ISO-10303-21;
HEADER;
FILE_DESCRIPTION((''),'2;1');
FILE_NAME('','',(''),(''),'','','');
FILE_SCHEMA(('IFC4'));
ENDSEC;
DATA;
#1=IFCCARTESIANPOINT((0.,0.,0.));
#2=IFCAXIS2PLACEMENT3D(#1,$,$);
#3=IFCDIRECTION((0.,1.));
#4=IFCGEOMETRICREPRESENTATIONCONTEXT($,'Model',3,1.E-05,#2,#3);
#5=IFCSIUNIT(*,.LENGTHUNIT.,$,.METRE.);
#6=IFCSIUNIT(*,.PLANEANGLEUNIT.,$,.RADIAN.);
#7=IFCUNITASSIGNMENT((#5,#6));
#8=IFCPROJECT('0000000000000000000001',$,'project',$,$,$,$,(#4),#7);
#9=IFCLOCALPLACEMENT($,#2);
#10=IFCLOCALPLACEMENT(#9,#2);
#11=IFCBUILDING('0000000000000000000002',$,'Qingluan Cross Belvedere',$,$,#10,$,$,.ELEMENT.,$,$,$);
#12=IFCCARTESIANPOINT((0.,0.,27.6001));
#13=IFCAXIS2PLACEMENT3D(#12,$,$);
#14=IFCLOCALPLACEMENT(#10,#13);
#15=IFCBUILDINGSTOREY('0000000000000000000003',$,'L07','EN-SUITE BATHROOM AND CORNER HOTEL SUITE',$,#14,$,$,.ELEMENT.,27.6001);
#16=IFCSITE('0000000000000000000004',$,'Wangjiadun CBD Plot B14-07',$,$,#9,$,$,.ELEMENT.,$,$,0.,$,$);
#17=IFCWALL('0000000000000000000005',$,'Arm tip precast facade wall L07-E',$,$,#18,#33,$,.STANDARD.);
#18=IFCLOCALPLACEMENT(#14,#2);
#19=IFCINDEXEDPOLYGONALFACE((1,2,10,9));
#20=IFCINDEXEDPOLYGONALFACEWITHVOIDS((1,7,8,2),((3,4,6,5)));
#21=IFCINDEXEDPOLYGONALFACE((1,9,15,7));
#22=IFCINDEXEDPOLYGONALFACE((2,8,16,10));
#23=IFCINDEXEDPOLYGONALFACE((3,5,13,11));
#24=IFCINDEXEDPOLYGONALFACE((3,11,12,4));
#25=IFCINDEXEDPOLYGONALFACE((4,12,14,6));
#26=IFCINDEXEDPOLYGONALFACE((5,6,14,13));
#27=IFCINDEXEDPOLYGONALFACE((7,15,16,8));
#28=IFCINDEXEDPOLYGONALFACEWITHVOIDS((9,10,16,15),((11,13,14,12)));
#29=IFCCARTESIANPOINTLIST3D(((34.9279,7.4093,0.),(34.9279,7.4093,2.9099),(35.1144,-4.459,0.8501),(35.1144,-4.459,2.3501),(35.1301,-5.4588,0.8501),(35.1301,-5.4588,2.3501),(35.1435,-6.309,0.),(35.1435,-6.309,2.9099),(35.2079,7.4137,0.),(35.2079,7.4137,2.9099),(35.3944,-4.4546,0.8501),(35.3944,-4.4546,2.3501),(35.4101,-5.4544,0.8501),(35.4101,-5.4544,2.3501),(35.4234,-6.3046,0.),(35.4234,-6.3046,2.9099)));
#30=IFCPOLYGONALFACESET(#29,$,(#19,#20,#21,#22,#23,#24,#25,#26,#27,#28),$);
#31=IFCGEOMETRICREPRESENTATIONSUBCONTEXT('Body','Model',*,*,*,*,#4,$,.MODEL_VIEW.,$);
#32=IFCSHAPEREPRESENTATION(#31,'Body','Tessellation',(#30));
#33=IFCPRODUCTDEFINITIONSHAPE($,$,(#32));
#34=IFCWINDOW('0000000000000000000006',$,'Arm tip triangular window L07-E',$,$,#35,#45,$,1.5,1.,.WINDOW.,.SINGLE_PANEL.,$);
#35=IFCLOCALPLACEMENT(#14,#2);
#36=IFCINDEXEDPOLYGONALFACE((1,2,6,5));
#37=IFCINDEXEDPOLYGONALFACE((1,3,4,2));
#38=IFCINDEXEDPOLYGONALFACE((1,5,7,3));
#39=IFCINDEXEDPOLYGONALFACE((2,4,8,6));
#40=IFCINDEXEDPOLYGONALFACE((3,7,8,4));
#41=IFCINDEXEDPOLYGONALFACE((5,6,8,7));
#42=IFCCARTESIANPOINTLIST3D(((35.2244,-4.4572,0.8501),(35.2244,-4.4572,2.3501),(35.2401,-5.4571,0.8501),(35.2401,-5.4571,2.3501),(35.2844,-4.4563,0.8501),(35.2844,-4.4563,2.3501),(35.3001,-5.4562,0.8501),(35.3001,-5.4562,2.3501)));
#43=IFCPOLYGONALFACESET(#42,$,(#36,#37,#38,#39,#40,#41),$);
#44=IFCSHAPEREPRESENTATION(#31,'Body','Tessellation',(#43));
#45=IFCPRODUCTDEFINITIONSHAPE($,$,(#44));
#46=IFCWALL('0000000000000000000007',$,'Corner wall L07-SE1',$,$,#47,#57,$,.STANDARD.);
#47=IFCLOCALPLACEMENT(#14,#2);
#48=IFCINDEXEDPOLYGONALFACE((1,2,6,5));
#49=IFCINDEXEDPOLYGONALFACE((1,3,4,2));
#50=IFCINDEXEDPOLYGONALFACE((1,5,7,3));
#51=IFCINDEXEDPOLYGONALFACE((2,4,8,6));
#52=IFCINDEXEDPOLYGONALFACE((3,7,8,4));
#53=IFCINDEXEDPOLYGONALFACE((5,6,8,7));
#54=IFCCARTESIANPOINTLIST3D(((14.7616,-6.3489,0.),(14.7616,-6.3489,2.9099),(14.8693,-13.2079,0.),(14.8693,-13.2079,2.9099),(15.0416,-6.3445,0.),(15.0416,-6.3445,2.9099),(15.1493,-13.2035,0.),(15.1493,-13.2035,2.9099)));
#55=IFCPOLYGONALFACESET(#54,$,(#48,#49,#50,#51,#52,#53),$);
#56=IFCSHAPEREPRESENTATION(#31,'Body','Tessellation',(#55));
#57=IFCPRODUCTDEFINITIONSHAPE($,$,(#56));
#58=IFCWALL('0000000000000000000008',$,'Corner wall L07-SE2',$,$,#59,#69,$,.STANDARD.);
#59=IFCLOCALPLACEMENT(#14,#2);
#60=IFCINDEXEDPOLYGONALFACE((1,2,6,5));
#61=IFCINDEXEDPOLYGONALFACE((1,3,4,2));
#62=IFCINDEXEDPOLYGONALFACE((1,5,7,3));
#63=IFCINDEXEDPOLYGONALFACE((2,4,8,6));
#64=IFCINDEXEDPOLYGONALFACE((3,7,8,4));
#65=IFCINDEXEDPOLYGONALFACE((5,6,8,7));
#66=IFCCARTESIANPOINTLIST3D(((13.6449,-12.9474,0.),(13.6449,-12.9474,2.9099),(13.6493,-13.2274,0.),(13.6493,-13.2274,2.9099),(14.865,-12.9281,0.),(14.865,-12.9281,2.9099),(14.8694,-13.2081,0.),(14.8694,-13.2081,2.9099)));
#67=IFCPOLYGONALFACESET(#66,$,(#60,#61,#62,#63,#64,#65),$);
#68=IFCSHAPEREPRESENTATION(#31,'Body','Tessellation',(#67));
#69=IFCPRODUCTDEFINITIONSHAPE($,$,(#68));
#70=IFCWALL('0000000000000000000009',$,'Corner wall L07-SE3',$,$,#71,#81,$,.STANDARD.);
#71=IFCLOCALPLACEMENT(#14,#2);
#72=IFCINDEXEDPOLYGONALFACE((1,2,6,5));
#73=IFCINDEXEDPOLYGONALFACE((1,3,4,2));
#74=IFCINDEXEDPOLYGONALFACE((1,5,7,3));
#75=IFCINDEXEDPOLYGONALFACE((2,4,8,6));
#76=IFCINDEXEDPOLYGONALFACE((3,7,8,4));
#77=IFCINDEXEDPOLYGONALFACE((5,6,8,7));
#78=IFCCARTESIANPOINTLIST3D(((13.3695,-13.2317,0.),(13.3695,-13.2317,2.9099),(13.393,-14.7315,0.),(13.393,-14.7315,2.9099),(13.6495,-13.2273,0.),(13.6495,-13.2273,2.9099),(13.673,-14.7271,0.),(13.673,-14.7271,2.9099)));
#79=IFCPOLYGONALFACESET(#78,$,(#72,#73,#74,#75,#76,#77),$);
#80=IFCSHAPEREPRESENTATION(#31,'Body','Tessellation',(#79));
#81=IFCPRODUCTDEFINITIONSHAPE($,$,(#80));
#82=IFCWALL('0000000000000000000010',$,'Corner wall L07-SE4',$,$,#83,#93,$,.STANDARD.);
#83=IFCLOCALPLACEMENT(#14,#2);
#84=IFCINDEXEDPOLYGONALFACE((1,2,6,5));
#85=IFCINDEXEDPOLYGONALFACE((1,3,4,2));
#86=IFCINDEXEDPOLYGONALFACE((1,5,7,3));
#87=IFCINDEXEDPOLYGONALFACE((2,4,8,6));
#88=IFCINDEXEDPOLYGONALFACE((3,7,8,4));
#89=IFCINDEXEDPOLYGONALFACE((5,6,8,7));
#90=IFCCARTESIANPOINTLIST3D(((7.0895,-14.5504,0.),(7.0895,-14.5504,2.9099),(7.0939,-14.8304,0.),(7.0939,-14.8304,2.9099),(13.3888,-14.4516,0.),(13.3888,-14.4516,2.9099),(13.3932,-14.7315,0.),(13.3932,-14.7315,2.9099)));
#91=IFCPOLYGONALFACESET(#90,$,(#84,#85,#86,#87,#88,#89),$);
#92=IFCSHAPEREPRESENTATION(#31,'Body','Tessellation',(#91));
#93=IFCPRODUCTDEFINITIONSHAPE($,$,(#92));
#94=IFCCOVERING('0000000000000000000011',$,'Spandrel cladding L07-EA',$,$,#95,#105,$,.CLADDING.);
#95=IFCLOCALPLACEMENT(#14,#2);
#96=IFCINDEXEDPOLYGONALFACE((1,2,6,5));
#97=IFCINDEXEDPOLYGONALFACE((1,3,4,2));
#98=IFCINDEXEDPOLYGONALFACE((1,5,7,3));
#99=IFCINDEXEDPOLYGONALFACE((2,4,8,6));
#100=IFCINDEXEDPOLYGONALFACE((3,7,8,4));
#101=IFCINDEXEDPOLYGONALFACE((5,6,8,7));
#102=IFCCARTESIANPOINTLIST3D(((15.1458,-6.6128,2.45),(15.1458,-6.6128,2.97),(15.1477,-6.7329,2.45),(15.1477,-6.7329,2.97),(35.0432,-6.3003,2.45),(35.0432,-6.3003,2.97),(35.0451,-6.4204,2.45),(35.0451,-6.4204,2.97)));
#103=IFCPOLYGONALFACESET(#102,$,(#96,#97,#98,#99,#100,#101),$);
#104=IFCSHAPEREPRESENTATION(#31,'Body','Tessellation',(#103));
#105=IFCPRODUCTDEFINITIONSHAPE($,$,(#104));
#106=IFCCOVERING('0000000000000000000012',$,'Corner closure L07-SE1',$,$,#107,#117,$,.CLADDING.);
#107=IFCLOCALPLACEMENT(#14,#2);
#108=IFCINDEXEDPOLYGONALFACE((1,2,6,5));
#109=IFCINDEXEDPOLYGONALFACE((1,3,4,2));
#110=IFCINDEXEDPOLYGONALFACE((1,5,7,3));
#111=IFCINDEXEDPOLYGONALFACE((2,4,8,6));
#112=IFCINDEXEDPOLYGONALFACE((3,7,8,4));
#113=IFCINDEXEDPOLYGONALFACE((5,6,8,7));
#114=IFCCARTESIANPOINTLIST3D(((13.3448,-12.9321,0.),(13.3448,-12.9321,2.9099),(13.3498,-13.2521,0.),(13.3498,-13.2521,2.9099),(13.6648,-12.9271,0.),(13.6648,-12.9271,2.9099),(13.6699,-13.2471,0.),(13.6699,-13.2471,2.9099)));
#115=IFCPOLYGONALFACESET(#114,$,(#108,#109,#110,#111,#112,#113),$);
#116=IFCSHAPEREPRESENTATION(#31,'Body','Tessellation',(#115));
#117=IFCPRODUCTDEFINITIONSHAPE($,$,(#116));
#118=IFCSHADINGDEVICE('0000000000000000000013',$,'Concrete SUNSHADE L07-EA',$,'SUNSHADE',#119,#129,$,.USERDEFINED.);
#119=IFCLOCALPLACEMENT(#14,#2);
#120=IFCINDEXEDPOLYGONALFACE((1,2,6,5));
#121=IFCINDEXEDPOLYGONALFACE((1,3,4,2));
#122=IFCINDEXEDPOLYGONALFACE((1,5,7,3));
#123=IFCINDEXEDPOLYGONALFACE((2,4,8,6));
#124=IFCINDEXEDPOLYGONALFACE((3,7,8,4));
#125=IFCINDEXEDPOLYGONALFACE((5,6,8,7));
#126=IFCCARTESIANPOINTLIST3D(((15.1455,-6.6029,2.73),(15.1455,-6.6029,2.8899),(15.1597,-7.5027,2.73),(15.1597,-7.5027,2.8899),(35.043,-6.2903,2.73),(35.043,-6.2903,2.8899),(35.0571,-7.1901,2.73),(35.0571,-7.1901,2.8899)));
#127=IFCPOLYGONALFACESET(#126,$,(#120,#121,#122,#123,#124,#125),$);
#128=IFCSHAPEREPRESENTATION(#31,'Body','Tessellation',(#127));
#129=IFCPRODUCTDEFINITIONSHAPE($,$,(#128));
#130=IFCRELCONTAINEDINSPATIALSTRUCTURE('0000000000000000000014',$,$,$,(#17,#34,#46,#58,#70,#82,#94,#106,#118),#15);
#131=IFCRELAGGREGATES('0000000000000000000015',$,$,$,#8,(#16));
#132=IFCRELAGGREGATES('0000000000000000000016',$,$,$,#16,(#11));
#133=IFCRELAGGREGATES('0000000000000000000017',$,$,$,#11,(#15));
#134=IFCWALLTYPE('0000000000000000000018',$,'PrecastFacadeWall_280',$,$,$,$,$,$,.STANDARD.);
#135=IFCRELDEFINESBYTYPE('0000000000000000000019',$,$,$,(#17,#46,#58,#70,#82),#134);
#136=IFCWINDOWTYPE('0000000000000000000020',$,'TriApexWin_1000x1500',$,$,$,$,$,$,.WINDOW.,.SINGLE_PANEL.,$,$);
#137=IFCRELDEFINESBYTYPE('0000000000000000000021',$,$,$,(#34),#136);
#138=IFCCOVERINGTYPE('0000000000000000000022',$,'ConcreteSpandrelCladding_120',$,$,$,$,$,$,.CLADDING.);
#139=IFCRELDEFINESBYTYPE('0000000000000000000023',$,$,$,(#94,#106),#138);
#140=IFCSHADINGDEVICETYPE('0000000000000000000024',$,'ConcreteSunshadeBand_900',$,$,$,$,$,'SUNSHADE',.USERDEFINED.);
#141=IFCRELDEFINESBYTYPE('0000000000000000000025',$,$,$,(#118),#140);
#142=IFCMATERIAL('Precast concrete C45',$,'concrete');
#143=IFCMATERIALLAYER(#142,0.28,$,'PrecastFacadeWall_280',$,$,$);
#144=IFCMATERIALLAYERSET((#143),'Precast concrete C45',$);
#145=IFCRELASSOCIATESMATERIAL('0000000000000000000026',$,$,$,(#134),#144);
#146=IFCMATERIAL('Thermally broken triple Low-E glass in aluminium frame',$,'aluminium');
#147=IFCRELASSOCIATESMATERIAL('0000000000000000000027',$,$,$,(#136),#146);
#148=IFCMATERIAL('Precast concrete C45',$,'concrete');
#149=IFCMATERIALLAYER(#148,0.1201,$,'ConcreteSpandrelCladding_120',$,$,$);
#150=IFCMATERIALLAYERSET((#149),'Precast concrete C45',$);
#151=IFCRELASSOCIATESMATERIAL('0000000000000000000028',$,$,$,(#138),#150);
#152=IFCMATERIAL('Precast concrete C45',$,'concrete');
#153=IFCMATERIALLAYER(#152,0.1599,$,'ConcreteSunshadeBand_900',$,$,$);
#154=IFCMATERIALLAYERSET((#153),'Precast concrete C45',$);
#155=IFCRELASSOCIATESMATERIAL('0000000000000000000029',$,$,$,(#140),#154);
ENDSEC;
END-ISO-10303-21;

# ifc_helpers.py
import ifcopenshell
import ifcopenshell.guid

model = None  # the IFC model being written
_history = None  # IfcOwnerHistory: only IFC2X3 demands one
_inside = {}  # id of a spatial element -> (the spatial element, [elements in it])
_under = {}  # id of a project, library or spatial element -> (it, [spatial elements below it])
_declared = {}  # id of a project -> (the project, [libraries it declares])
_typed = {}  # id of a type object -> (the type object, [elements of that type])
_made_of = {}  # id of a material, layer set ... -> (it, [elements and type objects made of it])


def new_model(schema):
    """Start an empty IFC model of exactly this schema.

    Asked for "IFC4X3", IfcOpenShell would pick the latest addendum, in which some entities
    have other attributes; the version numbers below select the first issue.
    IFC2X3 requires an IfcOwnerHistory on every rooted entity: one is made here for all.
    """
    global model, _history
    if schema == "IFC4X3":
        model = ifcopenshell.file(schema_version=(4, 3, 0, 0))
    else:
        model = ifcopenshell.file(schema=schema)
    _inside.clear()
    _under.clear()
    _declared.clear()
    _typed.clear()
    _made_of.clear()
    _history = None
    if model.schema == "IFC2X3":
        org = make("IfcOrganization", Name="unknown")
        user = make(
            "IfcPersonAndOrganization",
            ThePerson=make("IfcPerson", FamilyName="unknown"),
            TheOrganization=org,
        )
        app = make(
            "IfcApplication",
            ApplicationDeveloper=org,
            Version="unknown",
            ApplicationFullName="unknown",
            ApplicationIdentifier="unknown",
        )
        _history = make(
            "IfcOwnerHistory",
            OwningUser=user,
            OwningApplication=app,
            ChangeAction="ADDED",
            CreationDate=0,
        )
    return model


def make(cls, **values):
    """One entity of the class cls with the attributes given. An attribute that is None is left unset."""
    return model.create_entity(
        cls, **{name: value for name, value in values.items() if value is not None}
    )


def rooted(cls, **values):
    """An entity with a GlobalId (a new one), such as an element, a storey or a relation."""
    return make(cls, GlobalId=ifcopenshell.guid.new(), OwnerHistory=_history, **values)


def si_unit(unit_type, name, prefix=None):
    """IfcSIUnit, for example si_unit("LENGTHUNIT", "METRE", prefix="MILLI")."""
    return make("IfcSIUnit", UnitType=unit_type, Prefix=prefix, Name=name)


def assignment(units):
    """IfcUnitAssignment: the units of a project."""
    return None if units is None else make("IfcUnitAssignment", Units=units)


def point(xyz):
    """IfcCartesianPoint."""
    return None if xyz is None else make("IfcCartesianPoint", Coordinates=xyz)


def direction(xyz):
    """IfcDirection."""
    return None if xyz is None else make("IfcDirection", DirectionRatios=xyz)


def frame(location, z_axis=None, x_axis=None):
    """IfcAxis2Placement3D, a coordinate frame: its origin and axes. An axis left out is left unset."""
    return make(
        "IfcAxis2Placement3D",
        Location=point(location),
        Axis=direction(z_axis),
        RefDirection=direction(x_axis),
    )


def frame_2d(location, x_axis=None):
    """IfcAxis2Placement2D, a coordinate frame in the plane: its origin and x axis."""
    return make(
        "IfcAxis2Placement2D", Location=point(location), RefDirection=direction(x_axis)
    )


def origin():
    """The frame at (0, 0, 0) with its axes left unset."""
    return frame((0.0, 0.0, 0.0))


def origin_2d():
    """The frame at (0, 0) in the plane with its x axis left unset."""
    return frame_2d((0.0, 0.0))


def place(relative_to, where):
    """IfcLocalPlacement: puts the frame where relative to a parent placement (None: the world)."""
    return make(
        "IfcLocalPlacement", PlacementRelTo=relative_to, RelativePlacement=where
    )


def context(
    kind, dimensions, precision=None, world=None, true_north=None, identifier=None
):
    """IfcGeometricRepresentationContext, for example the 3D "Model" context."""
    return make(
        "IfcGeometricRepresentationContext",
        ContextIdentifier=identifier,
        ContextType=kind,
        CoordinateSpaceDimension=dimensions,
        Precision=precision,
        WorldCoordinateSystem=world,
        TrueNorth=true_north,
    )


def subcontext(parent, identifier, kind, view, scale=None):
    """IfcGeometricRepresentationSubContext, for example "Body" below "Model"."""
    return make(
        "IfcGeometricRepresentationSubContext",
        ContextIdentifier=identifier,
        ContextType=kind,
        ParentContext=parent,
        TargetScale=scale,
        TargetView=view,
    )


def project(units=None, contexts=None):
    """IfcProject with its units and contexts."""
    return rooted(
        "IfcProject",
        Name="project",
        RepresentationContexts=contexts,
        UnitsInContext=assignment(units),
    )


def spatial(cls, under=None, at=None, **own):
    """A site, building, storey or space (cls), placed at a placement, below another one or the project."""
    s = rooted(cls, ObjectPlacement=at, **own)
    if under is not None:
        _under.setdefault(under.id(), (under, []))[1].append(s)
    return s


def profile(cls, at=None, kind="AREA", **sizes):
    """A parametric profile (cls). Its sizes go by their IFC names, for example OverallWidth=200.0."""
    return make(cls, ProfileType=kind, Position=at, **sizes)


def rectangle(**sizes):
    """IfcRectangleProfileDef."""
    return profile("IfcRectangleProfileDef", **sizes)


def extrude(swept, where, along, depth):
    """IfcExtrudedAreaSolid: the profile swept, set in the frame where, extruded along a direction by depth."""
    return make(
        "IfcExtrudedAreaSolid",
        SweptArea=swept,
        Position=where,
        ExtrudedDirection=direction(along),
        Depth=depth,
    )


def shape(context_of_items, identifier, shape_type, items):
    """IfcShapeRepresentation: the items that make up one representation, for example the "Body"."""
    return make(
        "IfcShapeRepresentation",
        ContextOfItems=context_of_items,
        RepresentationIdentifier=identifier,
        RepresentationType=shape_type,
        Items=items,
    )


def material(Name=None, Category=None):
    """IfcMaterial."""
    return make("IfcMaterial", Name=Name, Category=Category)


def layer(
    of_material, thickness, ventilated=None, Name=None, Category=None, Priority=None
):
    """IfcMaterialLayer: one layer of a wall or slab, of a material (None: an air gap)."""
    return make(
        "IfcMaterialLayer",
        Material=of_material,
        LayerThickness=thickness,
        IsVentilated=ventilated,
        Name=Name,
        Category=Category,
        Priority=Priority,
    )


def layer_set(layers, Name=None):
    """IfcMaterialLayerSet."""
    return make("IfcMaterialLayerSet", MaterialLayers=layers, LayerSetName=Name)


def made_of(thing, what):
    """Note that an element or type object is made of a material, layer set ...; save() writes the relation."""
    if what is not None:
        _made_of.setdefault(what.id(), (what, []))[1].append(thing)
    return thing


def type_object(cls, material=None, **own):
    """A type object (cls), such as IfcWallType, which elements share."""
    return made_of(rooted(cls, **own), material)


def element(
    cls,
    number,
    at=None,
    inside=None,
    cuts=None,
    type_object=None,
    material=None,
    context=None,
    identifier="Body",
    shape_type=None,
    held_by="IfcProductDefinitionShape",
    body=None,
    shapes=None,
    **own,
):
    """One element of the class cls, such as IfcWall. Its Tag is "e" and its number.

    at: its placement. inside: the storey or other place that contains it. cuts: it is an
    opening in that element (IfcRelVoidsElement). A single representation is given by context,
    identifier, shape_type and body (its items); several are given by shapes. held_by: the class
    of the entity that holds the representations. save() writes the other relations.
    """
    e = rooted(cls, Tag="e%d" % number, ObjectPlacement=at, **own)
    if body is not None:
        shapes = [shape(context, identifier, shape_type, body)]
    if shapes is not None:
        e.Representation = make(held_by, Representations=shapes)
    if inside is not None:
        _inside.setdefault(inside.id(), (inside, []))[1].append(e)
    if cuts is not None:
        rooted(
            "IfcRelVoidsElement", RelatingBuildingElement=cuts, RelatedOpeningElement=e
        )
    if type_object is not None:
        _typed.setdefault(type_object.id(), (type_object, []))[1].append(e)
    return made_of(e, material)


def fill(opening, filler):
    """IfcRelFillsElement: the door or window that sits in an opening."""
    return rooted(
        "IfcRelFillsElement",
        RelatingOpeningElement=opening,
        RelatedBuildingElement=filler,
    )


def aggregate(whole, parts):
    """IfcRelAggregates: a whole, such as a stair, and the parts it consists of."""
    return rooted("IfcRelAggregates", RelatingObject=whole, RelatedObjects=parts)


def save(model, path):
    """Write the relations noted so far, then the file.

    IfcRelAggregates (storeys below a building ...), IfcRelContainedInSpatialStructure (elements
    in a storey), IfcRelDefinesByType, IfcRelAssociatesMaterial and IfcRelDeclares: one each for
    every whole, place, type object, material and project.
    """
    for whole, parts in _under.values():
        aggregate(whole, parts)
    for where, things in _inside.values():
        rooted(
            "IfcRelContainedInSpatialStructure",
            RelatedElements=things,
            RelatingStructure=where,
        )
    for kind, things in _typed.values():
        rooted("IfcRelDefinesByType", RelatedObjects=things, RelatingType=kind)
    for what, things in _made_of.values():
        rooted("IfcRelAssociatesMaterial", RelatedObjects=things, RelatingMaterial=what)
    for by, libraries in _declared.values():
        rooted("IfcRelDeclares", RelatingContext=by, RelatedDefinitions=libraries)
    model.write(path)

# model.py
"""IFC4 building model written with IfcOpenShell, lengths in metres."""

from ifc_helpers import new_model, si_unit, direction, frame, frame_2d, origin, origin_2d, place, context, subcontext, project, spatial, rectangle, extrude, material, layer, layer_set, type_object, element, fill, save


model = new_model("IFC4")

# Units and contexts
model_context = context("Model", 3, precision=1e-05, world=origin(), true_north=direction((0.0, 1.0)))
body_context = subcontext(model_context, "Body", "Model", "MODEL_VIEW")
ifc_project = project(units=[si_unit("LENGTHUNIT", "METRE"), si_unit("PLANEANGLEUNIT", "RADIAN")], contexts=[model_context])

# Site, building, storey
site_placement = place(None, origin())
site = spatial("IfcSite", under=ifc_project, at=site_placement, Name="Wangjiadun CBD Plot B14-07", CompositionType="ELEMENT", RefElevation=0.0)
building_placement = place(site_placement, origin())
building = spatial("IfcBuilding", under=site, at=building_placement, Name="Qingluan Cross Belvedere", CompositionType="ELEMENT")
storey_placement = place(building_placement, frame((0.0, 0.0, 27.6001)))
storey = spatial("IfcBuildingStorey", under=building, at=storey_placement, Name="L07", Description="EN-SUITE BATHROOM AND CORNER HOTEL SUITE", CompositionType="ELEMENT", Elevation=27.6001)

# Shared definitions
ifc_material_1 = material(Name="Precast concrete C45", Category="concrete")
ifc_layer_1 = layer(ifc_material_1, 0.28, Name="PrecastFacadeWall_280")
ifc_layer_set_1 = layer_set([ifc_layer_1], Name="Precast concrete C45")
wall_type_1 = type_object("IfcWallType", Name="PrecastFacadeWall_280", PredefinedType="STANDARD", material=ifc_layer_set_1)

# Wall, opening, window
wall_1_placement = place(storey_placement, frame((35.2834, -6.3066, 0.0), z_axis=(0.0, 0.0, 1.0), x_axis=(-0.015713, 0.999877, 0.0)))
wall_1 = element("IfcWall", 1, at=wall_1_placement, inside=storey, type_object=wall_type_1, Name="Arm tip precast facade wall L07-E", PredefinedType="STANDARD", context=body_context, shape_type="SweptSolid", body=[
    extrude(rectangle(XDim=13.72, YDim=0.28, at=frame_2d((6.8599, 0.0))), origin(), (0.0, 0.0, 1.0), 2.9099),
])
opening_1_placement = place(wall_1_placement, frame((0.8501, 0.0, 0.8501)))
opening_1 = element("IfcOpeningElement", 2, at=opening_1_placement, cuts=wall_1, PredefinedType="OPENING", context=body_context, shape_type="SweptSolid", body=[
    extrude(rectangle(XDim=1.0, YDim=1.5, at=frame_2d((0.5, 0.75))), frame((0.0, 0.1499, 0.0), z_axis=(0.0, -1.0, 0.0), x_axis=(1.0, 0.0, 0.0)), (0.0, 0.0, 1.0), 0.3),
])
ifc_material_2 = material(Name="Thermally broken triple Low-E glass in aluminium frame", Category="aluminium")
window_type_1 = type_object("IfcWindowType", Name="TriApexWin_1000x1500", PartitioningType="SINGLE_PANEL", PredefinedType="WINDOW", material=ifc_material_2)
window_1_placement = place(opening_1_placement, origin())
window_1 = element("IfcWindow", 3, at=window_1_placement, inside=storey, type_object=window_type_1, Name="Arm tip triangular window L07-E", OverallHeight=1.5, OverallWidth=1.0, PartitioningType="SINGLE_PANEL", PredefinedType="WINDOW", context=body_context, shape_type="SweptSolid", body=[
    extrude(rectangle(XDim=1.0, YDim=1.5, at=frame_2d((0.5, 0.75))), frame((0.0, 0.03, 0.0), z_axis=(0.0, -1.0, 0.0), x_axis=(1.0, 0.0, 0.0)), (0.0, 0.0, 1.0), 0.0601),
])
fill(opening_1, window_1)

# Walls
wall_2_placement = place(storey_placement, frame((14.9016, -6.3467, 0.0), z_axis=(0.0, 0.0, 1.0), x_axis=(0.015695, -0.999877, 0.0)))
element("IfcWall", 4, at=wall_2_placement, inside=storey, type_object=wall_type_1, Name="Corner wall L07-SE1", PredefinedType="STANDARD", context=body_context, shape_type="SweptSolid", body=[
    extrude(rectangle(XDim=6.8599, YDim=0.28, at=frame_2d((3.4299, 0.0))), origin(), (0.0, 0.0, 1.0), 2.9099),
])
wall_3_placement = place(storey_placement, frame((14.8672, -13.0681, 0.0), z_axis=(0.0, 0.0, 1.0), x_axis=(-0.999875, -0.015808, 0.0)))
element("IfcWall", 5, at=wall_3_placement, inside=storey, type_object=wall_type_1, Name="Corner wall L07-SE2", PredefinedType="STANDARD", context=body_context, shape_type="SweptSolid", body=[
    extrude(rectangle(XDim=1.2202, YDim=0.28, at=frame_2d((0.6101, 0.0))), origin(), (0.0, 0.0, 1.0), 2.9099),
])
wall_4_placement = place(storey_placement, frame((13.5095, -13.2295, 0.0), z_axis=(0.0, 0.0, 1.0), x_axis=(0.015626, -0.999878, 0.0)))
element("IfcWall", 6, at=wall_4_placement, inside=storey, type_object=wall_type_1, Name="Corner wall L07-SE3", PredefinedType="STANDARD", context=body_context, shape_type="SweptSolid", body=[
    extrude(rectangle(XDim=1.5, YDim=0.28, at=frame_2d((0.75, 0.0))), origin(), (0.0, 0.0, 1.0), 2.9099),
])
wall_5_placement = place(storey_placement, frame((13.3909, -14.5916, 0.0), z_axis=(0.0, 0.0, 1.0), x_axis=(-0.999877, -0.015695, 0.0)))
element("IfcWall", 7, at=wall_5_placement, inside=storey, type_object=wall_type_1, Name="Corner wall L07-SE4", PredefinedType="STANDARD", context=body_context, shape_type="SweptSolid", body=[
    extrude(rectangle(XDim=6.3, YDim=0.28, at=frame_2d((3.1499, 0.0))), origin(), (0.0, 0.0, 1.0), 2.9099),
])

# Coverings
ifc_material_3 = material(Name="Precast concrete C45", Category="concrete")
ifc_layer_2 = layer(ifc_material_3, 0.1201, Name="ConcreteSpandrelCladding_120")
ifc_layer_set_2 = layer_set([ifc_layer_2], Name="Precast concrete C45")
covering_type = type_object("IfcCoveringType", Name="ConcreteSpandrelCladding_120", PredefinedType="CLADDING", material=ifc_layer_set_2)
covering_1_placement = place(storey_placement, frame((25.0955, -6.5166, 2.45), z_axis=(0.0, 0.0, 1.0), x_axis=(0.999877, 0.015706, 0.0)))
element("IfcCovering", 8, at=covering_1_placement, inside=storey, type_object=covering_type, Name="Spandrel cladding L07-EA", PredefinedType="CLADDING", context=body_context, shape_type="SweptSolid", body=[
    extrude(rectangle(XDim=19.8999, YDim=0.1201, at=origin_2d()), origin(), (0.0, 0.0, 1.0), 0.52),
])
covering_2_placement = place(storey_placement, frame((13.5073, -13.0896, 0.0), z_axis=(0.0, 0.0, 1.0), x_axis=(0.999877, 0.015707, 0.0)))
element("IfcCovering", 9, at=covering_2_placement, inside=storey, type_object=covering_type, Name="Corner closure L07-SE1", PredefinedType="CLADDING", context=body_context, shape_type="SweptSolid", body=[
    extrude(rectangle(XDim=0.3201, YDim=0.3201, at=origin_2d()), origin(), (0.0, 0.0, 1.0), 2.9099),
])

# Shading device
ifc_material_4 = material(Name="Precast concrete C45", Category="concrete")
ifc_layer_3 = layer(ifc_material_4, 0.1599, Name="ConcreteSunshadeBand_900")
ifc_layer_set_3 = layer_set([ifc_layer_3], Name="Precast concrete C45")
shading_device_type = type_object("IfcShadingDeviceType", Name="ConcreteSunshadeBand_900", ElementType="SUNSHADE", PredefinedType="USERDEFINED", material=ifc_layer_set_3)
shading_device_placement = place(storey_placement, frame((25.1013, -6.8965, 2.73), z_axis=(0.0, 0.0, 1.0), x_axis=(0.999877, 0.015706, 0.0)))
element("IfcShadingDevice", 10, at=shading_device_placement, inside=storey, type_object=shading_device_type, Name="Concrete SUNSHADE L07-EA", ObjectType="SUNSHADE", PredefinedType="USERDEFINED", context=body_context, shape_type="SweptSolid", body=[
    extrude(rectangle(XDim=19.8999, YDim=0.8999, at=origin_2d()), origin(), (0.0, 0.0, 1.0), 0.1599),
])

save(model, "model.ifc")
